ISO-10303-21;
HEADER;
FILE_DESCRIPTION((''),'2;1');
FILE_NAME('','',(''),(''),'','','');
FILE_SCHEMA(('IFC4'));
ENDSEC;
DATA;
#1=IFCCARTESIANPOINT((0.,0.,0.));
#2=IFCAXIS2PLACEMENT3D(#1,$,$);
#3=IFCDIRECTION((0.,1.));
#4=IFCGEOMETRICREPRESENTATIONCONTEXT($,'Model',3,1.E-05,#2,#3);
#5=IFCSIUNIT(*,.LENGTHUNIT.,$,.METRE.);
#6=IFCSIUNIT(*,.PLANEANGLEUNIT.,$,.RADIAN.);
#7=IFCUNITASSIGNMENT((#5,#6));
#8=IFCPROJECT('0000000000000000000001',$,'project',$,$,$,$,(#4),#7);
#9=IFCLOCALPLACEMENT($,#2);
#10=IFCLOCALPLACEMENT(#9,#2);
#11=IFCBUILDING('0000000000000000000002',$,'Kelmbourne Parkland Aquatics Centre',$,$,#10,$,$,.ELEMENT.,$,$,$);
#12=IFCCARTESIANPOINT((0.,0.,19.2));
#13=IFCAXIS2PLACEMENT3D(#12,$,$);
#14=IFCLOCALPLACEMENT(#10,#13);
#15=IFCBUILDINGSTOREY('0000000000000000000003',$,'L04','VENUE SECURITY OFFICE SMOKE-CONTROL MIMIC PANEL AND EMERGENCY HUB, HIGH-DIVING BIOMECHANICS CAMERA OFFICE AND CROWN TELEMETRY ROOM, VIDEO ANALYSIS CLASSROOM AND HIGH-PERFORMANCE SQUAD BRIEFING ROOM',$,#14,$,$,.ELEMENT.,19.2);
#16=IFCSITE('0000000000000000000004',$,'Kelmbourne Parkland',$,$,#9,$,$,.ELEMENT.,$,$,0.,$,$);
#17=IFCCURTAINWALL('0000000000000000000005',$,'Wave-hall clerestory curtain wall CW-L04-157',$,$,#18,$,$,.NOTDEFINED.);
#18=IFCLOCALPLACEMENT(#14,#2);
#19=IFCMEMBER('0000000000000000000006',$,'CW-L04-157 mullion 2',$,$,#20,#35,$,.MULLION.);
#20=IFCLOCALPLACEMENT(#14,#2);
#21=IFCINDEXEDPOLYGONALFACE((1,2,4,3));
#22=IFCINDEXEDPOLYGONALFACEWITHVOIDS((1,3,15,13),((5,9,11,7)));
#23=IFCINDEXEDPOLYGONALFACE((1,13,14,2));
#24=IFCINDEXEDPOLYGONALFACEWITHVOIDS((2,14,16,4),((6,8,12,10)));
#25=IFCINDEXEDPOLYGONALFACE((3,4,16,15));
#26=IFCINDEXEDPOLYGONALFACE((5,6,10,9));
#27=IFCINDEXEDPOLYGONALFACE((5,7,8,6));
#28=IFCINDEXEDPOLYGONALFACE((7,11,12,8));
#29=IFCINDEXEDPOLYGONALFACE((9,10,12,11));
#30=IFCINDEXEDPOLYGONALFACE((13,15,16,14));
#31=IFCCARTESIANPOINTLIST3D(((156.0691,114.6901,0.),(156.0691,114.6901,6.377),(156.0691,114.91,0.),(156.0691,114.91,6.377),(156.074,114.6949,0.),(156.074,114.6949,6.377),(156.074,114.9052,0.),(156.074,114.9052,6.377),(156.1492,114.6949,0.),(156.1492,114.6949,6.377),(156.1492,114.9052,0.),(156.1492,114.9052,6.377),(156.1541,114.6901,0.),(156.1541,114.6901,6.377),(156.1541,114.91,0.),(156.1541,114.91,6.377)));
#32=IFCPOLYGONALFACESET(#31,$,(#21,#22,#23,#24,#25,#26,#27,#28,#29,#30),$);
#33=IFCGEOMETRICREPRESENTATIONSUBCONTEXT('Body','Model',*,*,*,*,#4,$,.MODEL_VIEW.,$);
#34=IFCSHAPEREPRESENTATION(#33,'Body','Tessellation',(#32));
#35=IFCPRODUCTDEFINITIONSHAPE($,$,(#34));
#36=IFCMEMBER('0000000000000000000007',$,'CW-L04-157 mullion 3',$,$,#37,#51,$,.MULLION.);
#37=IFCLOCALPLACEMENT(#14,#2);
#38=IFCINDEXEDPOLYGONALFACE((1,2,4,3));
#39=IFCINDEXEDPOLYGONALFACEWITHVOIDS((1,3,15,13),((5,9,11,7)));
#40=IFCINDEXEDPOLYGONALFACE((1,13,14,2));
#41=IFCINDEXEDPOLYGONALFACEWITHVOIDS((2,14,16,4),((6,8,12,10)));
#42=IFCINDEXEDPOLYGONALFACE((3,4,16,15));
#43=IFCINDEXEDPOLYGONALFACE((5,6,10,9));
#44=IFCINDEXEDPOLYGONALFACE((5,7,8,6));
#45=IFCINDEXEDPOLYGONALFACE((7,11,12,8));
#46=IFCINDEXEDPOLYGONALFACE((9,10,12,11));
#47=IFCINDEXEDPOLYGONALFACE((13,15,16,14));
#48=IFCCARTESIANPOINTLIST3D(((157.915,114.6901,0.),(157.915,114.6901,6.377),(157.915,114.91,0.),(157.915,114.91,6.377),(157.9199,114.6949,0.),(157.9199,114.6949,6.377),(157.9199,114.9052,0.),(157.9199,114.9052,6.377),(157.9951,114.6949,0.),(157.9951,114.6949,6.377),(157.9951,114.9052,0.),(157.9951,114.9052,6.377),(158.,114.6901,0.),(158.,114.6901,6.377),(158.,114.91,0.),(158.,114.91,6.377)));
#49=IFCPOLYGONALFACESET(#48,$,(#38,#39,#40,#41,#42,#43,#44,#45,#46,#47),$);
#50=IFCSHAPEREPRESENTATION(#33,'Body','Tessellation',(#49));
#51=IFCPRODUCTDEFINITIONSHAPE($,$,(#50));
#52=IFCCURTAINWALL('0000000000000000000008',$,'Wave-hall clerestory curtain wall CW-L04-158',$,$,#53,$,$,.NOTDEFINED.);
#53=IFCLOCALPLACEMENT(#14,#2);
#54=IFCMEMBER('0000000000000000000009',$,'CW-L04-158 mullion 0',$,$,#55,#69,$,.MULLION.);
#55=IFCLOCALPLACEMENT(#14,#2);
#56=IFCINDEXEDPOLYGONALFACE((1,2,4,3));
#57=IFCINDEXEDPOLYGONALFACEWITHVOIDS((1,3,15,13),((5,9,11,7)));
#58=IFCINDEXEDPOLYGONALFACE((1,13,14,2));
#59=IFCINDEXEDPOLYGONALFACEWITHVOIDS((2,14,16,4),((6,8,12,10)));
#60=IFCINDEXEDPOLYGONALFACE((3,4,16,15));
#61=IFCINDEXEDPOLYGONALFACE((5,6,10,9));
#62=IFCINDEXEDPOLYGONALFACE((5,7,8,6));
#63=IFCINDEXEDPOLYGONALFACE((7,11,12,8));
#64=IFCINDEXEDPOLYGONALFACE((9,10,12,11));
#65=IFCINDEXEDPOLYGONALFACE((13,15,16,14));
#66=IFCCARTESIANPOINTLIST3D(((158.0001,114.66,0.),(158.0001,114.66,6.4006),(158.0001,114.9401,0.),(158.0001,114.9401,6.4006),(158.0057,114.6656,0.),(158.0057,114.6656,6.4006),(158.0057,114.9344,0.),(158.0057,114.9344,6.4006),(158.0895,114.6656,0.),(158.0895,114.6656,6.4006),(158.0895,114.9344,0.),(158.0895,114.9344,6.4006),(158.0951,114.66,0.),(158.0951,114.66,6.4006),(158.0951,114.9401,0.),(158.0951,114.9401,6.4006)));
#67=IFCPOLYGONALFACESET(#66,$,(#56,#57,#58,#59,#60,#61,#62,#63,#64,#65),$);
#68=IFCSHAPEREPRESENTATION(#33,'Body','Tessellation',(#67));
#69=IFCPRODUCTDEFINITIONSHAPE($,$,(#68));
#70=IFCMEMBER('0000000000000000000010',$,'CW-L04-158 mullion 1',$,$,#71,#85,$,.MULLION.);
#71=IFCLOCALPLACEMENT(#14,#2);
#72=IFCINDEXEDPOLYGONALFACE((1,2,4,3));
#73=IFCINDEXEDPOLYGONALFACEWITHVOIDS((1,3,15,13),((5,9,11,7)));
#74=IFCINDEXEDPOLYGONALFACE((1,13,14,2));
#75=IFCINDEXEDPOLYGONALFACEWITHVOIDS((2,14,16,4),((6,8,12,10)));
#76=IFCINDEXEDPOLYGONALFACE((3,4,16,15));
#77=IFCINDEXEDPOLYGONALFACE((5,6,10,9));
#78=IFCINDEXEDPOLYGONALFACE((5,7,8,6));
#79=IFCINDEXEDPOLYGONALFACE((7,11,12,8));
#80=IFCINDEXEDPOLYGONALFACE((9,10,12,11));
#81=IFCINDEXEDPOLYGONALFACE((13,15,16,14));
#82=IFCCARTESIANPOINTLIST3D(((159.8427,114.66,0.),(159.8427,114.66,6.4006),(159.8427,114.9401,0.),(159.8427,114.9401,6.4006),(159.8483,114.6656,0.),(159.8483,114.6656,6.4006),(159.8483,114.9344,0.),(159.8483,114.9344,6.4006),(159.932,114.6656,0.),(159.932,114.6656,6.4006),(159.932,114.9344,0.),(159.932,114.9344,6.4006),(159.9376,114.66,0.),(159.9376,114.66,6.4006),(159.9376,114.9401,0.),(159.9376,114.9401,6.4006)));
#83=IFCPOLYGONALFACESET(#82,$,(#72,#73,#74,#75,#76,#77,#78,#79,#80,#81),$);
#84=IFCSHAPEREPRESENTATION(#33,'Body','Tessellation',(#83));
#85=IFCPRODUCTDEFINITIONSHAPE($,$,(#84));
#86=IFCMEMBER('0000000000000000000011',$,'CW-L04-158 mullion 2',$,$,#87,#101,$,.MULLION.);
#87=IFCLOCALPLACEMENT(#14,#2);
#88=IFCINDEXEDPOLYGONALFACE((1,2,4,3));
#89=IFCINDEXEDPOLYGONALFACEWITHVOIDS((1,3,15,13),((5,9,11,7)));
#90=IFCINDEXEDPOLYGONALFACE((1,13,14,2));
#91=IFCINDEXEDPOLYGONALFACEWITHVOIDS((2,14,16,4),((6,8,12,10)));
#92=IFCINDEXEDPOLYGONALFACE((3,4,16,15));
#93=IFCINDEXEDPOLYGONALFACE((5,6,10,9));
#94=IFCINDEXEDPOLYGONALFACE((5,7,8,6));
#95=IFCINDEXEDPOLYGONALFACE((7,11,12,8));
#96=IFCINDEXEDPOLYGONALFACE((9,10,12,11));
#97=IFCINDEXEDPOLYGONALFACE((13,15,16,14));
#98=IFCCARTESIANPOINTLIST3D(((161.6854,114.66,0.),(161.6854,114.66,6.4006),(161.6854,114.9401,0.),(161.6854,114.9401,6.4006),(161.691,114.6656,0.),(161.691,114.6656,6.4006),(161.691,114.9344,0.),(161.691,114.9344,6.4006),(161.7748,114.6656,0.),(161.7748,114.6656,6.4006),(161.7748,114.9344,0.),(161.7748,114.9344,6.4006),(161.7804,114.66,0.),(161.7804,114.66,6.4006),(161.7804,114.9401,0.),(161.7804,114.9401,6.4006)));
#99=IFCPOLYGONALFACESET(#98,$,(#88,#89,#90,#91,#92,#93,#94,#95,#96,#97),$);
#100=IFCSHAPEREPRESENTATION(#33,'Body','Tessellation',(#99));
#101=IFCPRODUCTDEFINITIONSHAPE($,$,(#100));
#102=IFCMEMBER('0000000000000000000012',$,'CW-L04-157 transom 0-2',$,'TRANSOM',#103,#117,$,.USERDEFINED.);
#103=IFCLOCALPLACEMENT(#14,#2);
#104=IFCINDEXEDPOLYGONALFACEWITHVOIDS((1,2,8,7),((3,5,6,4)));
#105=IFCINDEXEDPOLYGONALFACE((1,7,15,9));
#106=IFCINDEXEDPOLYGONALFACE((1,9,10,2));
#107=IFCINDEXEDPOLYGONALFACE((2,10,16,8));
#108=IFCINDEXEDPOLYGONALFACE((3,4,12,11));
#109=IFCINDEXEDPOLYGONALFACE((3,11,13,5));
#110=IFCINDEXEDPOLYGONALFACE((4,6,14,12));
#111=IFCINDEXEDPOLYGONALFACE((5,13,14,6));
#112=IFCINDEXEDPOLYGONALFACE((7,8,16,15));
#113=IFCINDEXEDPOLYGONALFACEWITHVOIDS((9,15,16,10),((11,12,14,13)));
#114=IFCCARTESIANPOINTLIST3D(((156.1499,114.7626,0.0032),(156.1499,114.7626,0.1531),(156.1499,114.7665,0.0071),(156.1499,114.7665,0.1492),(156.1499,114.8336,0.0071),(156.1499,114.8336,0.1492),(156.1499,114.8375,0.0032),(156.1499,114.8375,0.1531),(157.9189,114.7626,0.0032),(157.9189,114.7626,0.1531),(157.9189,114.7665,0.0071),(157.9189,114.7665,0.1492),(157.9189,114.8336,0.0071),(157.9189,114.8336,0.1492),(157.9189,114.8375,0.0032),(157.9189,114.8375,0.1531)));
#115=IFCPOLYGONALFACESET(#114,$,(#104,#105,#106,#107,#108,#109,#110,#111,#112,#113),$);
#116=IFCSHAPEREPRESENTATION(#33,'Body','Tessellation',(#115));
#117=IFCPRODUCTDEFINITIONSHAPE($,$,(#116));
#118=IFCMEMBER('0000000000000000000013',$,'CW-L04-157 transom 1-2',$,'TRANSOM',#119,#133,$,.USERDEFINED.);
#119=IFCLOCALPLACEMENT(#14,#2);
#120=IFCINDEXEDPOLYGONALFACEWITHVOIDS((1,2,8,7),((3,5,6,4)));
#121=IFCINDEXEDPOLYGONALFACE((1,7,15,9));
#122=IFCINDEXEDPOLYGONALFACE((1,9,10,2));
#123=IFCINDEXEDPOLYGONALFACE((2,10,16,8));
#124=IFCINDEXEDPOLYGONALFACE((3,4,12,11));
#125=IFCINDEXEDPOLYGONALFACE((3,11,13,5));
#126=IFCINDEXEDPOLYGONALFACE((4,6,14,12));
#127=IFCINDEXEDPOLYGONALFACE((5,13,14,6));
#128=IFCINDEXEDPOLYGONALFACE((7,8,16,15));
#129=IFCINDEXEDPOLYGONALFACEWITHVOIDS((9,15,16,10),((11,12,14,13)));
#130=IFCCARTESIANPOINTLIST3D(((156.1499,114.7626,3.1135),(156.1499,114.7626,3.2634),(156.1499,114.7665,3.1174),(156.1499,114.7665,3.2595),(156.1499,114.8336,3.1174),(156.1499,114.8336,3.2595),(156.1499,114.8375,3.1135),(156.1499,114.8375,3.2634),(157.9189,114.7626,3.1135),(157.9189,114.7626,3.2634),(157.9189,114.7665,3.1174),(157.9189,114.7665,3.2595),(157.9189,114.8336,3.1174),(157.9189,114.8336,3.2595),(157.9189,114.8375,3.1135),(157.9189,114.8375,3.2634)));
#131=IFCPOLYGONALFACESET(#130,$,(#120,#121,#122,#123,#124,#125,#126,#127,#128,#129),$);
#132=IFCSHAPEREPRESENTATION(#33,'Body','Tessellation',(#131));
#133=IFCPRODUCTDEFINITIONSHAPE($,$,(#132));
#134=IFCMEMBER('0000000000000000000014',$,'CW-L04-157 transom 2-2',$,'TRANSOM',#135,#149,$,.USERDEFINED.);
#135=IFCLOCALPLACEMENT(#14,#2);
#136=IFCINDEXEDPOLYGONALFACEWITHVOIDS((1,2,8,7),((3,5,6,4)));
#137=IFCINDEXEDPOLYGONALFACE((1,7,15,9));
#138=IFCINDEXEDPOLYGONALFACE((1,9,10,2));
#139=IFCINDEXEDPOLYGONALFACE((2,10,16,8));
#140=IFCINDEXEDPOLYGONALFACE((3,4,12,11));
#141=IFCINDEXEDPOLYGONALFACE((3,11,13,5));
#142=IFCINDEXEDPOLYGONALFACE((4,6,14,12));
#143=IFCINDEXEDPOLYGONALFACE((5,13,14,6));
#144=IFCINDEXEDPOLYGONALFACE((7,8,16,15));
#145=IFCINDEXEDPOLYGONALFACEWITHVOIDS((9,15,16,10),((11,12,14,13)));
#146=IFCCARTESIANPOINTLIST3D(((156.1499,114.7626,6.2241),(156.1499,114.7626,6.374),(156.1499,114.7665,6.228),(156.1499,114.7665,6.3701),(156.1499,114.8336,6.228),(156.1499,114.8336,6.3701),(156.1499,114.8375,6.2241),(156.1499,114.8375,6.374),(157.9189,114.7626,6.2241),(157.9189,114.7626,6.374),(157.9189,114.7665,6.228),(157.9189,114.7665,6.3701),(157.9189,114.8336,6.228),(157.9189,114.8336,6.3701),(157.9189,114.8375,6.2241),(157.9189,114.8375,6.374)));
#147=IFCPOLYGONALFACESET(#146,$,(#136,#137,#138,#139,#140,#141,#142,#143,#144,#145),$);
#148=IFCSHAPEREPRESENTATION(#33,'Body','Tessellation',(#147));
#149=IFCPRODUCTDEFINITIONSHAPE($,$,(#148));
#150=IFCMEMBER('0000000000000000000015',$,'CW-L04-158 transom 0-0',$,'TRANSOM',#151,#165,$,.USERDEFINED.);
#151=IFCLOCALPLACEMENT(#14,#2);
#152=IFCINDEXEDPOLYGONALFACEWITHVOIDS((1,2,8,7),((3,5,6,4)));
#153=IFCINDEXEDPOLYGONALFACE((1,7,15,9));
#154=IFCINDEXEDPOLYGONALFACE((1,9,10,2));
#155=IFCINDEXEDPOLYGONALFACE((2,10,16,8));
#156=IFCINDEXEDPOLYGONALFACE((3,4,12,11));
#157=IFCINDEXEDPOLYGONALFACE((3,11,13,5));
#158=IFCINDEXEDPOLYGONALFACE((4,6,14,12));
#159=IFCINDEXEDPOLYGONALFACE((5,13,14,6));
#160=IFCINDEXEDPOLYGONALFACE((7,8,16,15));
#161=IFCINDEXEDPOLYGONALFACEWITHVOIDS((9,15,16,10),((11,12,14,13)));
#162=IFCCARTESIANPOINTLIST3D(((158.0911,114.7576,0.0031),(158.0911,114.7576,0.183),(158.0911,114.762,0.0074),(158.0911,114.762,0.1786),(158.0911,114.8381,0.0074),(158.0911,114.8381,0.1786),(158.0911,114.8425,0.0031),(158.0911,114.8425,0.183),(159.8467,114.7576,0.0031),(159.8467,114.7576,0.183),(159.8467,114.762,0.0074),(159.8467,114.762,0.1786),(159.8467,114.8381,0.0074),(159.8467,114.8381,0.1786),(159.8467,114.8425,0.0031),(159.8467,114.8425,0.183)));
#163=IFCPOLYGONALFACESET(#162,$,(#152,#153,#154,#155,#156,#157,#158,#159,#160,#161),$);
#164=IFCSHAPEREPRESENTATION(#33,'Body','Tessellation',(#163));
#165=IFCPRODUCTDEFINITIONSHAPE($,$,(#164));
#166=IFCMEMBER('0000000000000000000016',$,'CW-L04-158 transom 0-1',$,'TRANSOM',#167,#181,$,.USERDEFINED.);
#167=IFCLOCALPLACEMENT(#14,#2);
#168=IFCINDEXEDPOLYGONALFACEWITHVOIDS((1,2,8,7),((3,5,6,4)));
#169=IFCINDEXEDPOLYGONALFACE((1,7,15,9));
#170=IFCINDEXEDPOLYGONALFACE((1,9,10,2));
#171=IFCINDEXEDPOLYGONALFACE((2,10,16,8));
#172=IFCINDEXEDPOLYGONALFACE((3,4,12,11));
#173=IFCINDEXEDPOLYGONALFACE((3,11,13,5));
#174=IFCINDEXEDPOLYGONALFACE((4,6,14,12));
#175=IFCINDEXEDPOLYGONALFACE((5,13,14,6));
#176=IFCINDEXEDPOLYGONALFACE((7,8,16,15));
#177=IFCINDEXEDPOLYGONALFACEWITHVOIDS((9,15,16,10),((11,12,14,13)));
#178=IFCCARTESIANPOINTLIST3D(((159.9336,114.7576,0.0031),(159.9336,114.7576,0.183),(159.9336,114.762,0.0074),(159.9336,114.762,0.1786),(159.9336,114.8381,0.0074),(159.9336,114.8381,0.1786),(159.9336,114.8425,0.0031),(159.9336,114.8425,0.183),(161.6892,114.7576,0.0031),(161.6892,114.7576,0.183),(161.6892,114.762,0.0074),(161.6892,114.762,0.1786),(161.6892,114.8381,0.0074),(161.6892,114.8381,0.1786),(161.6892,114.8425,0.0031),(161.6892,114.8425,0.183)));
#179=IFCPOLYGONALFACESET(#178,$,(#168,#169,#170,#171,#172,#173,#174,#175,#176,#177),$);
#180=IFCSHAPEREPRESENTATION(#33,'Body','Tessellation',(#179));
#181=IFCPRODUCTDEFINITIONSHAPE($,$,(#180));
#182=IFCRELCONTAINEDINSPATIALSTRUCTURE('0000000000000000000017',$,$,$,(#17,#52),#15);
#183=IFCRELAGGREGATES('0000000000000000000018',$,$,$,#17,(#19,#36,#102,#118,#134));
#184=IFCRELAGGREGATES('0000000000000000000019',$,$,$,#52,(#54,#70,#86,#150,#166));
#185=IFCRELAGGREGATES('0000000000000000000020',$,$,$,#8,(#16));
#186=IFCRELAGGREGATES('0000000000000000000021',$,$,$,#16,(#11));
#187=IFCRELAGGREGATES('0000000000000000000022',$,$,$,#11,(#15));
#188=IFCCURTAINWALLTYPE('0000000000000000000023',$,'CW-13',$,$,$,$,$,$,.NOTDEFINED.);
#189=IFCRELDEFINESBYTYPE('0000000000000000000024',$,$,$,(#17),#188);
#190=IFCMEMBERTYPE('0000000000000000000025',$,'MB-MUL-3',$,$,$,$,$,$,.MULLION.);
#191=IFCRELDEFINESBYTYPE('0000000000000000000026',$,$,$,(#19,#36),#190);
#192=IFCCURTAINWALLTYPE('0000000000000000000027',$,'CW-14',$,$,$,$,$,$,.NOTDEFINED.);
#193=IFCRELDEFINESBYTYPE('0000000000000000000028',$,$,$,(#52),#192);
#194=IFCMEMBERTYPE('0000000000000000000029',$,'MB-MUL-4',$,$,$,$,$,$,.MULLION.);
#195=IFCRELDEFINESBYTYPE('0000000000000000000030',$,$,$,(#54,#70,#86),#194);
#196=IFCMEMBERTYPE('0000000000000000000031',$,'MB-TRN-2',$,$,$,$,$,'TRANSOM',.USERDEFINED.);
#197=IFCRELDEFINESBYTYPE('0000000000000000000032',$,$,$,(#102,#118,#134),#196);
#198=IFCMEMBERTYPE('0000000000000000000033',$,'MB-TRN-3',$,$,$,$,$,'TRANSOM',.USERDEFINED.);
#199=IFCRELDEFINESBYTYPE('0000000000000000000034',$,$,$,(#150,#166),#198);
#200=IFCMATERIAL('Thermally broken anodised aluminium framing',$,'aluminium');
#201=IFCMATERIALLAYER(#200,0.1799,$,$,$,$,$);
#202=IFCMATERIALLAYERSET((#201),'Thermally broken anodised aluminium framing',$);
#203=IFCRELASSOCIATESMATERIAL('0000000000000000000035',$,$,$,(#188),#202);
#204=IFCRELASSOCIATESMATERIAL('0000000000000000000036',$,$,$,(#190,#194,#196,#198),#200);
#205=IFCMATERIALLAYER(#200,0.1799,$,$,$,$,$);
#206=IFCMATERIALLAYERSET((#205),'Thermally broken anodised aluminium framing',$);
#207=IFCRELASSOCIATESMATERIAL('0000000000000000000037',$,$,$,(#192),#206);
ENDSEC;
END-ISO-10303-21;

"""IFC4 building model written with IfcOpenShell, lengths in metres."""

from ifc_helpers import new_model, si_unit, direction, frame, origin, origin_2d, place, context, subcontext, project, spatial, hollow_rectangle, extrude, material, layer, layer_set, material_profile, profile_set, type_object, element, aggregate, save


model = new_model("IFC4")

# Units and contexts
model_context = context("Model", 3, precision=1e-05, world=origin(), true_north=direction((0.0, 1.0)))
body_context = subcontext(model_context, "Body", "Model", "MODEL_VIEW")
ifc_project = project(units=[si_unit("LENGTHUNIT", "METRE"), si_unit("PLANEANGLEUNIT", "RADIAN")], contexts=[model_context])

# Site, building, storey
site_placement = place(None, origin())
site = spatial("IfcSite", under=ifc_project, at=site_placement, Name="Kelmbourne Parkland", CompositionType="ELEMENT", RefElevation=0.0)
building_placement = place(site_placement, origin())
building = spatial("IfcBuilding", under=site, at=building_placement, Name="Kelmbourne Parkland Aquatics Centre", CompositionType="ELEMENT")
storey_placement = place(building_placement, frame((0.0, 0.0, 19.2)))
storey = spatial("IfcBuildingStorey", under=building, at=storey_placement, Name="L04", Description="VENUE SECURITY OFFICE SMOKE-CONTROL MIMIC PANEL AND EMERGENCY HUB, HIGH-DIVING BIOMECHANICS CAMERA OFFICE AND CROWN TELEMETRY ROOM, VIDEO ANALYSIS CLASSROOM AND HIGH-PERFORMANCE SQUAD BRIEFING ROOM", CompositionType="ELEMENT", Elevation=19.2)

# Curtain walls, members
ifc_material_1 = material(Name="Thermally broken anodised aluminium framing", Category="aluminium")
ifc_layer_1 = layer(ifc_material_1, 0.1799)
ifc_layer_set_1 = layer_set([ifc_layer_1], Name="Thermally broken anodised aluminium framing")
curtain_wall_type_1 = type_object("IfcCurtainWallType", Name="CW-13", PredefinedType="NOTDEFINED", material=ifc_layer_set_1)
curtain_wall_1_placement = place(storey_placement, origin())
curtain_wall_1 = element("IfcCurtainWall", 1, at=curtain_wall_1_placement, inside=storey, type_object=curtain_wall_type_1, Name="Wave-hall clerestory curtain wall CW-L04-157", PredefinedType="NOTDEFINED")
ifc_material_profile_1 = material_profile(ifc_material_1, hollow_rectangle(XDim=0.085, YDim=0.22, WallThickness=0.0049, at=origin_2d()), Name="CW-M 85x220")
ifc_profile_set_1 = profile_set([ifc_material_profile_1], Name="Thermally broken anodised aluminium framing")
member_type_1 = type_object("IfcMemberType", Name="MB-MUL-3", PredefinedType="MULLION", material=ifc_profile_set_1)
member_1_placement = place(storey_placement, frame((156.1116, 114.8, 0.0), z_axis=(0.0, 0.0, 1.0), x_axis=(1.0, 0.0, 0.0)))
member_1 = element("IfcMember", 2, at=member_1_placement, type_object=member_type_1, Name="CW-L04-157 mullion 2", PredefinedType="MULLION", context=body_context, shape_type="SweptSolid", body=[
    extrude(hollow_rectangle(XDim=0.085, YDim=0.22, WallThickness=0.0049, at=origin_2d()), origin(), (0.0, 0.0, 1.0), 6.377),
])
member_2_placement = place(storey_placement, frame((157.9575, 114.8, 0.0), z_axis=(0.0, 0.0, 1.0), x_axis=(1.0, 0.0, 0.0)))
member_2 = element("IfcMember", 3, at=member_2_placement, type_object=member_type_1, Name="CW-L04-157 mullion 3", PredefinedType="MULLION", context=body_context, shape_type="SweptSolid", body=[
    extrude(hollow_rectangle(XDim=0.085, YDim=0.22, WallThickness=0.0049, at=origin_2d()), origin(), (0.0, 0.0, 1.0), 6.377),
])
ifc_layer_2 = layer(ifc_material_1, 0.1799)
ifc_layer_set_2 = layer_set([ifc_layer_2], Name="Thermally broken anodised aluminium framing")
curtain_wall_type_2 = type_object("IfcCurtainWallType", Name="CW-14", PredefinedType="NOTDEFINED", material=ifc_layer_set_2)
curtain_wall_2_placement = place(storey_placement, origin())
curtain_wall_2 = element("IfcCurtainWall", 4, at=curtain_wall_2_placement, inside=storey, type_object=curtain_wall_type_2, Name="Wave-hall clerestory curtain wall CW-L04-158", PredefinedType="NOTDEFINED")
ifc_material_profile_2 = material_profile(ifc_material_1, hollow_rectangle(XDim=0.095, YDim=0.28, WallThickness=0.0056, at=origin_2d()), Name="CW-M 95x280")
ifc_profile_set_2 = profile_set([ifc_material_profile_2], Name="Thermally broken anodised aluminium framing")
member_type_2 = type_object("IfcMemberType", Name="MB-MUL-4", PredefinedType="MULLION", material=ifc_profile_set_2)
member_3_placement = place(storey_placement, frame((158.0476, 114.8, 0.0), z_axis=(0.0, 0.0, 1.0), x_axis=(1.0, 0.0, 0.0)))
member_3 = element("IfcMember", 5, at=member_3_placement, type_object=member_type_2, Name="CW-L04-158 mullion 0", PredefinedType="MULLION", context=body_context, shape_type="SweptSolid", body=[
    extrude(hollow_rectangle(XDim=0.095, YDim=0.28, WallThickness=0.0056, at=origin_2d()), origin(), (0.0, 0.0, 1.0), 6.4006),
])
member_4_placement = place(storey_placement, frame((159.8901, 114.8, 0.0), z_axis=(0.0, 0.0, 1.0), x_axis=(1.0, 0.0, 0.0)))
member_4 = element("IfcMember", 6, at=member_4_placement, type_object=member_type_2, Name="CW-L04-158 mullion 1", PredefinedType="MULLION", context=body_context, shape_type="SweptSolid", body=[
    extrude(hollow_rectangle(XDim=0.095, YDim=0.28, WallThickness=0.0056, at=origin_2d()), origin(), (0.0, 0.0, 1.0), 6.4006),
])
member_5_placement = place(storey_placement, frame((161.7329, 114.8, 0.0), z_axis=(0.0, 0.0, 1.0), x_axis=(1.0, 0.0, 0.0)))
member_5 = element("IfcMember", 7, at=member_5_placement, type_object=member_type_2, Name="CW-L04-158 mullion 2", PredefinedType="MULLION", context=body_context, shape_type="SweptSolid", body=[
    extrude(hollow_rectangle(XDim=0.095, YDim=0.28, WallThickness=0.0056, at=origin_2d()), origin(), (0.0, 0.0, 1.0), 6.4006),
])

# Members
ifc_material_profile_3 = material_profile(ifc_material_1, hollow_rectangle(XDim=0.075, YDim=0.1499, WallThickness=0.0039, at=origin_2d()), Name="CW-T 75x150")
ifc_profile_set_3 = profile_set([ifc_material_profile_3], Name="Thermally broken anodised aluminium framing")
member_type_3 = type_object("IfcMemberType", Name="MB-TRN-2", ElementType="TRANSOM", PredefinedType="USERDEFINED", material=ifc_profile_set_3)
member_6_placement = place(storey_placement, frame((156.1499, 114.8, 0.0781), z_axis=(1.0, 0.0, 0.0), x_axis=(0.0, 1.0, 0.0)))
member_6 = element("IfcMember", 8, at=member_6_placement, type_object=member_type_3, Name="CW-L04-157 transom 0-2", ObjectType="TRANSOM", PredefinedType="USERDEFINED", context=body_context, shape_type="SweptSolid", body=[
    extrude(hollow_rectangle(XDim=0.075, YDim=0.1499, WallThickness=0.0039, at=origin_2d()), origin(), (0.0, 0.0, 1.0), 1.769),
])
member_7_placement = place(storey_placement, frame((156.1499, 114.8, 3.1885), z_axis=(1.0, 0.0, 0.0), x_axis=(0.0, 1.0, 0.0)))
member_7 = element("IfcMember", 9, at=member_7_placement, type_object=member_type_3, Name="CW-L04-157 transom 1-2", ObjectType="TRANSOM", PredefinedType="USERDEFINED", context=body_context, shape_type="SweptSolid", body=[
    extrude(hollow_rectangle(XDim=0.075, YDim=0.1499, WallThickness=0.0039, at=origin_2d()), origin(), (0.0, 0.0, 1.0), 1.769),
])
member_8_placement = place(storey_placement, frame((156.1499, 114.8, 6.2991), z_axis=(1.0, 0.0, 0.0), x_axis=(0.0, 1.0, 0.0)))
member_8 = element("IfcMember", 10, at=member_8_placement, type_object=member_type_3, Name="CW-L04-157 transom 2-2", ObjectType="TRANSOM", PredefinedType="USERDEFINED", context=body_context, shape_type="SweptSolid", body=[
    extrude(hollow_rectangle(XDim=0.075, YDim=0.1499, WallThickness=0.0039, at=origin_2d()), origin(), (0.0, 0.0, 1.0), 1.769),
])
ifc_material_profile_4 = material_profile(ifc_material_1, hollow_rectangle(XDim=0.085, YDim=0.1799, WallThickness=0.0044, at=origin_2d()), Name="CW-T 85x180")
ifc_profile_set_4 = profile_set([ifc_material_profile_4], Name="Thermally broken anodised aluminium framing")
member_type_4 = type_object("IfcMemberType", Name="MB-TRN-3", ElementType="TRANSOM", PredefinedType="USERDEFINED", material=ifc_profile_set_4)
member_9_placement = place(storey_placement, frame((158.0911, 114.8, 0.093), z_axis=(1.0, 0.0, 0.0), x_axis=(0.0, 1.0, 0.0)))
member_9 = element("IfcMember", 11, at=member_9_placement, type_object=member_type_4, Name="CW-L04-158 transom 0-0", ObjectType="TRANSOM", PredefinedType="USERDEFINED", context=body_context, shape_type="SweptSolid", body=[
    extrude(hollow_rectangle(XDim=0.085, YDim=0.1799, WallThickness=0.0044, at=origin_2d()), origin(), (0.0, 0.0, 1.0), 1.7556),
])
member_10_placement = place(storey_placement, frame((159.9336, 114.8, 0.093), z_axis=(1.0, 0.0, 0.0), x_axis=(0.0, 1.0, 0.0)))
member_10 = element("IfcMember", 12, at=member_10_placement, type_object=member_type_4, Name="CW-L04-158 transom 0-1", ObjectType="TRANSOM", PredefinedType="USERDEFINED", context=body_context, shape_type="SweptSolid", body=[
    extrude(hollow_rectangle(XDim=0.085, YDim=0.1799, WallThickness=0.0044, at=origin_2d()), origin(), (0.0, 0.0, 1.0), 1.7556),
])

aggregate(curtain_wall_1, [member_1, member_2, member_6, member_7, member_8])
aggregate(curtain_wall_2, [member_3, member_4, member_5, member_9, member_10])

save(model, "model.ifc")
